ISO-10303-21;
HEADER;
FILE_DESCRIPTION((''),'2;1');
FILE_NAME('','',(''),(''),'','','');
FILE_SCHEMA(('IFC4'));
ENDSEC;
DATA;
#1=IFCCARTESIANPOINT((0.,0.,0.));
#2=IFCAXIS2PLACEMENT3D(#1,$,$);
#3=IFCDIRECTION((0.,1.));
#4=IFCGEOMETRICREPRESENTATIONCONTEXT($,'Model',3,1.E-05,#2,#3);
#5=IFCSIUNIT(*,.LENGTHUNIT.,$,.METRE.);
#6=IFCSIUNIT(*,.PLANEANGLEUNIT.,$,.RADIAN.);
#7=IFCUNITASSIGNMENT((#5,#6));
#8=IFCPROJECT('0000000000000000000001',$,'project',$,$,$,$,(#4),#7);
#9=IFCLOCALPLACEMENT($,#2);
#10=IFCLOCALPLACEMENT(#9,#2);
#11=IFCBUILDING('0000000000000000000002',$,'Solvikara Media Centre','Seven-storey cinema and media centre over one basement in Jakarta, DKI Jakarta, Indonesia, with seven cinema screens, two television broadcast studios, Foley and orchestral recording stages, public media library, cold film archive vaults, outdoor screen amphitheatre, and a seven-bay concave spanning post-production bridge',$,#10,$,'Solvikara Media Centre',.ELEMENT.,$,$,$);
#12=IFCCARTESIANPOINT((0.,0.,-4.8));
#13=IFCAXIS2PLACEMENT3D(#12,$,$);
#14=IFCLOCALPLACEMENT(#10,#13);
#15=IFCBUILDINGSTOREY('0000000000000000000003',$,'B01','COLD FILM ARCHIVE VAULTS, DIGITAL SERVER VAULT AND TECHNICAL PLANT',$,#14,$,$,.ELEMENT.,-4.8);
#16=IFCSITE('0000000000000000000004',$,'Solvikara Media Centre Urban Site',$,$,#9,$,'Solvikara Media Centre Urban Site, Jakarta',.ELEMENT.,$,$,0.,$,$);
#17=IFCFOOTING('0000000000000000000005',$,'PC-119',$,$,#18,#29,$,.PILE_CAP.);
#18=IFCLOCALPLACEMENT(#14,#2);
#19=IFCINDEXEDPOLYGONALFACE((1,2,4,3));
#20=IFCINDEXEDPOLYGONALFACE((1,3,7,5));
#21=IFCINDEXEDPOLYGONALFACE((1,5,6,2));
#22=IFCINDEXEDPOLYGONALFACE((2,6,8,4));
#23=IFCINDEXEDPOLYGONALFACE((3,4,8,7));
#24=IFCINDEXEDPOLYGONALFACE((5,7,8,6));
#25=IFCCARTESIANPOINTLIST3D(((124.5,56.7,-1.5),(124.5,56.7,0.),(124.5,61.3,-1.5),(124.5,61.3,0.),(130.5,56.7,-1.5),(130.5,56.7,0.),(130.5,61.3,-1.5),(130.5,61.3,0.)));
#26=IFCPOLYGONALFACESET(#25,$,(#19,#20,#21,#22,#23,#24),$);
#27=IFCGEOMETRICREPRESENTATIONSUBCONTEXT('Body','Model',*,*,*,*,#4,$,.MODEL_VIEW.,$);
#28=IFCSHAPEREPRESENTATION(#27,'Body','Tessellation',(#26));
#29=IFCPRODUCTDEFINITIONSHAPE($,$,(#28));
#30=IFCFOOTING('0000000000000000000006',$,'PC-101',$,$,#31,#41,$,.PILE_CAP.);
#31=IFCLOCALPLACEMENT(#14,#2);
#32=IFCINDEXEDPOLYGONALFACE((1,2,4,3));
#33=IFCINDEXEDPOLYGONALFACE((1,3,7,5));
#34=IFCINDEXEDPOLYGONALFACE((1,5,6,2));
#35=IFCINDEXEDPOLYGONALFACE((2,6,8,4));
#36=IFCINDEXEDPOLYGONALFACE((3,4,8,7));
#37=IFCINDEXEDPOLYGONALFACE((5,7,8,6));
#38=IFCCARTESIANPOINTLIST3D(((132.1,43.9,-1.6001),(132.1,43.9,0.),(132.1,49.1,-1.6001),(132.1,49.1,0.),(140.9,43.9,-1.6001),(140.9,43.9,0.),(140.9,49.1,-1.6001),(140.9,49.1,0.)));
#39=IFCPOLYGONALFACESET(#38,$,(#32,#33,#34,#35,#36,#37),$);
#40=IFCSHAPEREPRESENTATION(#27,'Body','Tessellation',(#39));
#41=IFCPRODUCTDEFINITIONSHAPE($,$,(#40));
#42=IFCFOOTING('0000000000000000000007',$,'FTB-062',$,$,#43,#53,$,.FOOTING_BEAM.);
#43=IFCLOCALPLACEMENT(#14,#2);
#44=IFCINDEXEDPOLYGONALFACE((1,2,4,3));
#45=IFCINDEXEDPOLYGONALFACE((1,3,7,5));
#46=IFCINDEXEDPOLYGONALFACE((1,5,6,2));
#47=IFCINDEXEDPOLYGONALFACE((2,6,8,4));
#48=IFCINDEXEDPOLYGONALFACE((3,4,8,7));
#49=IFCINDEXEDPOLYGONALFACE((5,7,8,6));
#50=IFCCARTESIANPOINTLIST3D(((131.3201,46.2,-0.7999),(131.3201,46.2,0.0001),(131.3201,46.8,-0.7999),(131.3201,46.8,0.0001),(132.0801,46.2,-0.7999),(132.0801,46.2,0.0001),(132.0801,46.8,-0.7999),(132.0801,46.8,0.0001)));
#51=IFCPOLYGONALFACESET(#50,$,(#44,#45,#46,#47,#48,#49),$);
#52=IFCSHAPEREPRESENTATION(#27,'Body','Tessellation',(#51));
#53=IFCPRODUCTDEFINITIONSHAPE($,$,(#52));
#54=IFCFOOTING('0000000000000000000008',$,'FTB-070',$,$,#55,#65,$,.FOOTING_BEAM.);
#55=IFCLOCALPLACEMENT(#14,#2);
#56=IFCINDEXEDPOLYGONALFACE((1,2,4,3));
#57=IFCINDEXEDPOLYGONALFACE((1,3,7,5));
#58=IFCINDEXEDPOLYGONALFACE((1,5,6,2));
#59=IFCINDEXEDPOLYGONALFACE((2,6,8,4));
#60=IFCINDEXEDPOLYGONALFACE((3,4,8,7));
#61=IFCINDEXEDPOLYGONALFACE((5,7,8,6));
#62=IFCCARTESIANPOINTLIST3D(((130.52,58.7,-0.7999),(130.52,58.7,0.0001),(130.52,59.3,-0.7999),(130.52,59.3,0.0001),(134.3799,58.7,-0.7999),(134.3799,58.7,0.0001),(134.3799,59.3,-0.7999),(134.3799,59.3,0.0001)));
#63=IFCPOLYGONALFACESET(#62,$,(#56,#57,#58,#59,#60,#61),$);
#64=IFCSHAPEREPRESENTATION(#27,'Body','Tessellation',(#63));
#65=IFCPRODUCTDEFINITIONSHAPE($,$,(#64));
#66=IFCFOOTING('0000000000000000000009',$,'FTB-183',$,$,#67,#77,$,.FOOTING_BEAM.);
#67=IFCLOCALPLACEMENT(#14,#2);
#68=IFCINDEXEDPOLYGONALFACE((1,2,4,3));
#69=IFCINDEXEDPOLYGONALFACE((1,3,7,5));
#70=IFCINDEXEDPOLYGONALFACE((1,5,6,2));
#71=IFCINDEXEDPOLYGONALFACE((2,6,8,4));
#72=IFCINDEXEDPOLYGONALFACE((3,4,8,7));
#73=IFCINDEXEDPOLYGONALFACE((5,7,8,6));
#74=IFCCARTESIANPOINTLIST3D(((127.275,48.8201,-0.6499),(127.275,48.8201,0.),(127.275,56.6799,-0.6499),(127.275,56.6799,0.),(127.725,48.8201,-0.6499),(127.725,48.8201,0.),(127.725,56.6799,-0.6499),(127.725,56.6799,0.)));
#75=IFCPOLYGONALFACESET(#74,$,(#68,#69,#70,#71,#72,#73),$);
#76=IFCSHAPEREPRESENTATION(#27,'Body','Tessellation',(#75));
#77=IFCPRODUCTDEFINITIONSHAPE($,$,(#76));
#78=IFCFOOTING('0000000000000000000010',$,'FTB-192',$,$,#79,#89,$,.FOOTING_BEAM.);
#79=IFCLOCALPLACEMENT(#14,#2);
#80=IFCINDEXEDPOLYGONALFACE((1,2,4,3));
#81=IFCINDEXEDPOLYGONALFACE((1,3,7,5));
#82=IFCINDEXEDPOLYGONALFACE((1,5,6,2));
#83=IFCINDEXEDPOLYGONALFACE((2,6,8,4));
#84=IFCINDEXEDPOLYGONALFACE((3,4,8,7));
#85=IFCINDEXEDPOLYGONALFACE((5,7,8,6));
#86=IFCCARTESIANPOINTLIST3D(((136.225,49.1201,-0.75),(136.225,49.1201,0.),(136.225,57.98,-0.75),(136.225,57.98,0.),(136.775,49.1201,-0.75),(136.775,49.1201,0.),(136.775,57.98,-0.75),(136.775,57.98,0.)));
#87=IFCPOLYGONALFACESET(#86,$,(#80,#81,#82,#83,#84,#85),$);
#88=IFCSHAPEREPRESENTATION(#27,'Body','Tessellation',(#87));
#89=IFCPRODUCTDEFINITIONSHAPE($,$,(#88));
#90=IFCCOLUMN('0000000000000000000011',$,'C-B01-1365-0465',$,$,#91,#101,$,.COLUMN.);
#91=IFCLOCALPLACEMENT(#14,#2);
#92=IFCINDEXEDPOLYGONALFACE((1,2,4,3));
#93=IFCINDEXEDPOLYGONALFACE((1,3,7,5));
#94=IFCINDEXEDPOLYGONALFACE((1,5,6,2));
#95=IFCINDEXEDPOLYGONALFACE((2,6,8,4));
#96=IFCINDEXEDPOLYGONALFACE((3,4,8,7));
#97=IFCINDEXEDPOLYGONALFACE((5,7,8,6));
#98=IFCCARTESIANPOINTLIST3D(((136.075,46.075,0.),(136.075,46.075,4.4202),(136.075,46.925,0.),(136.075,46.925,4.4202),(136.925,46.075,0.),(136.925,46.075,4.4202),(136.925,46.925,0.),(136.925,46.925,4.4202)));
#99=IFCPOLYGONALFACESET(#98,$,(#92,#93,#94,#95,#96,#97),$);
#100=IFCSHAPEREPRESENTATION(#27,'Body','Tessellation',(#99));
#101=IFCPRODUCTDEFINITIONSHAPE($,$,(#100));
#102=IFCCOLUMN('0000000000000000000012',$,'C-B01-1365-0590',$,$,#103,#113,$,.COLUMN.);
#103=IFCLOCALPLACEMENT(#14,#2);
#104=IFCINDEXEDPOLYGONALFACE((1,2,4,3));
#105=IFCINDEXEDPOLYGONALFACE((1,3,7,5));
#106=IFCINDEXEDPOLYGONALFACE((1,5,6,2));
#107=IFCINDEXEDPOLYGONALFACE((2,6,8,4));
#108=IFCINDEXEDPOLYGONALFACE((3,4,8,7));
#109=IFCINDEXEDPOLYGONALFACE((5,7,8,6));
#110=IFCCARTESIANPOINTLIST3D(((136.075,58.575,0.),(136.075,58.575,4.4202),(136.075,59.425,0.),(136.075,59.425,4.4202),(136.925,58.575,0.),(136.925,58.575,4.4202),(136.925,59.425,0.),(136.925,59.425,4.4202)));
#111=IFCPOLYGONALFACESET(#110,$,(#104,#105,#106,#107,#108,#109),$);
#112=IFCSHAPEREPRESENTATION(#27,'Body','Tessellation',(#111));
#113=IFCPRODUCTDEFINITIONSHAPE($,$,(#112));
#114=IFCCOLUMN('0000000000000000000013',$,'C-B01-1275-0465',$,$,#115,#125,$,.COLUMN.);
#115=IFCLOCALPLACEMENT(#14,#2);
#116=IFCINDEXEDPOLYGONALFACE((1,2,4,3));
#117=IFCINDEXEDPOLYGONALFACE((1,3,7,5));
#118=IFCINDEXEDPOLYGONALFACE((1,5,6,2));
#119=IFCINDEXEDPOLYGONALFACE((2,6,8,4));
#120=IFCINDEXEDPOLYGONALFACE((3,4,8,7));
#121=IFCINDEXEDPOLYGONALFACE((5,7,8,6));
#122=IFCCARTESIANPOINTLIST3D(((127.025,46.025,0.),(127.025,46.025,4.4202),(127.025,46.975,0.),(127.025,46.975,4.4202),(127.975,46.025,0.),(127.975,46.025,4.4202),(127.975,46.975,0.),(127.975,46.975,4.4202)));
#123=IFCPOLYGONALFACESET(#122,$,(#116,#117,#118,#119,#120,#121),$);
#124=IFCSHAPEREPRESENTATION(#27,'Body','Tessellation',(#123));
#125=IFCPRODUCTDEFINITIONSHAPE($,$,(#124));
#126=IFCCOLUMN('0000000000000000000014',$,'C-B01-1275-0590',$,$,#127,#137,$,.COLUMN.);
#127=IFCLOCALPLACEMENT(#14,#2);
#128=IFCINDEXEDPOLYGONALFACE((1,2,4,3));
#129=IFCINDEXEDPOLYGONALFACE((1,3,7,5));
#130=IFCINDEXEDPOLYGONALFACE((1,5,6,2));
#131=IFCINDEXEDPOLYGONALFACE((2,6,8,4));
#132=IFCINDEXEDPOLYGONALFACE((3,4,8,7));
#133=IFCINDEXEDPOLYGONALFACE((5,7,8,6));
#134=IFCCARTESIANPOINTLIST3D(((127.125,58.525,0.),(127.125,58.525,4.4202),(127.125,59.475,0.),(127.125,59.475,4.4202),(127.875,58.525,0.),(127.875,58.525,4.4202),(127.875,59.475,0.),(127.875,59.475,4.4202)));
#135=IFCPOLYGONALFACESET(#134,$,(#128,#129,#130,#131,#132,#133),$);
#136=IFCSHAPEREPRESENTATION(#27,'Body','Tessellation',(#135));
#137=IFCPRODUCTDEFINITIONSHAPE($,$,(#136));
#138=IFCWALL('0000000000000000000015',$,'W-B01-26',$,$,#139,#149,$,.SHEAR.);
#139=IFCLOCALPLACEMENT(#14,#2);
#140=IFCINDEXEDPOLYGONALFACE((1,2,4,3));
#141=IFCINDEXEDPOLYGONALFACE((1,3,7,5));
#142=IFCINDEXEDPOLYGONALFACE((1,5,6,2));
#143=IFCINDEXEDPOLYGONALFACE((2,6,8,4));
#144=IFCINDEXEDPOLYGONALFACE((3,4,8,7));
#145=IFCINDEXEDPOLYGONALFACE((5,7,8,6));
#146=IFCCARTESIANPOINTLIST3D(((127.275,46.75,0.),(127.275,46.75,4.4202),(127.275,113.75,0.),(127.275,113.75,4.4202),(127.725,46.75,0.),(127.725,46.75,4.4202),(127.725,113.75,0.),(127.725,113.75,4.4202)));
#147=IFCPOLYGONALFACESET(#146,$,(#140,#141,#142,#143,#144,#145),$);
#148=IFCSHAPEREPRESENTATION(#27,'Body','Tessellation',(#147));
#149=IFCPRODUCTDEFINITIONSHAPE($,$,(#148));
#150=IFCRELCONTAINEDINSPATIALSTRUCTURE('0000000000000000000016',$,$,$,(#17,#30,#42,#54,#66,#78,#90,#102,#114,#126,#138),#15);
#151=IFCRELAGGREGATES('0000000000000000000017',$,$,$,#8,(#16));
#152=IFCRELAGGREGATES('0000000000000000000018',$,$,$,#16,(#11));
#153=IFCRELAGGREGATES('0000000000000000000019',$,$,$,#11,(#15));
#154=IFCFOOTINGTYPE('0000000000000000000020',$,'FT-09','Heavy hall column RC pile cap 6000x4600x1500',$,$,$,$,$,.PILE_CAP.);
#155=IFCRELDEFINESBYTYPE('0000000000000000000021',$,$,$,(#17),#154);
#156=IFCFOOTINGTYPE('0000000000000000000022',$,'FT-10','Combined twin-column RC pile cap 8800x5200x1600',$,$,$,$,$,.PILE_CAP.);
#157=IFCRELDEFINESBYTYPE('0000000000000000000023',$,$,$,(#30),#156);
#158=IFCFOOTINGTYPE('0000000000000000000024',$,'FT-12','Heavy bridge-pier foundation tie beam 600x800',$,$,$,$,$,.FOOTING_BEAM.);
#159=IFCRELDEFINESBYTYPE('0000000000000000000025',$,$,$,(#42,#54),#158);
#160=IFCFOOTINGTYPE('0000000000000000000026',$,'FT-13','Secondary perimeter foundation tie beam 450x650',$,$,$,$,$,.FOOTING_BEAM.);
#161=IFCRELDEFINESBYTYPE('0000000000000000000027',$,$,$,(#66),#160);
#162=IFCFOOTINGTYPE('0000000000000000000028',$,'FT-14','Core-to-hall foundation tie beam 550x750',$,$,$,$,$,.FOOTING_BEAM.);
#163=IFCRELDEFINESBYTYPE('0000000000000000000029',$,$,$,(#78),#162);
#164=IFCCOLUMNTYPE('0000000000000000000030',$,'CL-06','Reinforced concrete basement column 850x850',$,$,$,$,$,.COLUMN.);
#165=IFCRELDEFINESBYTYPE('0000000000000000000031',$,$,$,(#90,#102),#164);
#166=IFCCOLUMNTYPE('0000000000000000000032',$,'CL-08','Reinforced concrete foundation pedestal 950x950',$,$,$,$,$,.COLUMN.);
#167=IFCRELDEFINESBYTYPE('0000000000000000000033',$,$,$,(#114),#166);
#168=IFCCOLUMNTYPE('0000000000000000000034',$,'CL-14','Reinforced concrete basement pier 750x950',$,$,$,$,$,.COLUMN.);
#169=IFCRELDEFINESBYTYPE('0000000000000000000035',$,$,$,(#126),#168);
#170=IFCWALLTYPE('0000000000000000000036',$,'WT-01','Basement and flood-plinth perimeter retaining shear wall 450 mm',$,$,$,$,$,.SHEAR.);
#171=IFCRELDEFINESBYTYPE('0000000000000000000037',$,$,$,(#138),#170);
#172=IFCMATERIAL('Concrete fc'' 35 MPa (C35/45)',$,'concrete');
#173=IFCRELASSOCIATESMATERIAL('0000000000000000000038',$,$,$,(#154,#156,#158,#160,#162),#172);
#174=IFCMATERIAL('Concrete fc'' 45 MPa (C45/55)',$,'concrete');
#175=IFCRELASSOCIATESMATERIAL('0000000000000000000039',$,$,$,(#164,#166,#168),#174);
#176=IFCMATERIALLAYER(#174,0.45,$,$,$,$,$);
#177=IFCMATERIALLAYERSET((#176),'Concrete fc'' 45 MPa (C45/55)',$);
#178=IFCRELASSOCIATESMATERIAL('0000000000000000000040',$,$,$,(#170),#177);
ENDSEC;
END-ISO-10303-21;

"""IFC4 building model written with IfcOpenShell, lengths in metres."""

from ifc_helpers import new_model, si_unit, direction, frame, frame_2d, origin, origin_2d, place, context, subcontext, project, spatial, rectangle, extrude, material, layer, layer_set, material_profile, profile_set, type_object, element, save


model = new_model("IFC4")

# Units and contexts
model_context = context("Model", 3, precision=1e-05, world=origin(), true_north=direction((0.0, 1.0)))
body_context = subcontext(model_context, "Body", "Model", "MODEL_VIEW")
ifc_project = project(units=[si_unit("LENGTHUNIT", "METRE"), si_unit("PLANEANGLEUNIT", "RADIAN")], contexts=[model_context])

# Site, building, storey
site_placement = place(None, origin())
site = spatial("IfcSite", under=ifc_project, at=site_placement, Name="Solvikara Media Centre Urban Site", LongName="Solvikara Media Centre Urban Site, Jakarta", CompositionType="ELEMENT", RefElevation=0.0)
building_placement = place(site_placement, origin())
building = spatial("IfcBuilding", under=site, at=building_placement, Name="Solvikara Media Centre", Description="Seven-storey cinema and media centre over one basement in Jakarta, DKI Jakarta, Indonesia, with seven cinema screens, two television broadcast studios, Foley and orchestral recording stages, public media library, cold film archive vaults, outdoor screen amphitheatre, and a seven-bay concave spanning post-production bridge", LongName="Solvikara Media Centre", CompositionType="ELEMENT")
storey_placement = place(building_placement, frame((0.0, 0.0, -4.8)))
storey = spatial("IfcBuildingStorey", under=building, at=storey_placement, Name="B01", Description="COLD FILM ARCHIVE VAULTS, DIGITAL SERVER VAULT AND TECHNICAL PLANT", CompositionType="ELEMENT", Elevation=-4.8)

# Shared definitions
ifc_material_1 = material(Name="Concrete fc' 35 MPa (C35/45)", Category="concrete")

# Footings
footing_type_1 = type_object("IfcFootingType", Name="FT-09", Description="Heavy hall column RC pile cap 6000x4600x1500", PredefinedType="PILE_CAP", material=ifc_material_1)
footing_1_placement = place(storey_placement, frame((127.5, 59.0, -1.5), z_axis=(0.0, 0.0, 1.0), x_axis=(1.0, 0.0, 0.0)))
element("IfcFooting", 1, at=footing_1_placement, inside=storey, type_object=footing_type_1, Name="PC-119", PredefinedType="PILE_CAP", context=body_context, shape_type="SweptSolid", body=[
    extrude(rectangle(XDim=6.0, YDim=4.6001, at=origin_2d()), origin(), (0.0, 0.0, 1.0), 1.5),
])
footing_type_2 = type_object("IfcFootingType", Name="FT-10", Description="Combined twin-column RC pile cap 8800x5200x1600", PredefinedType="PILE_CAP", material=ifc_material_1)
footing_2_placement = place(storey_placement, frame((136.5, 46.5, -1.6001), z_axis=(0.0, 0.0, 1.0), x_axis=(1.0, 0.0, 0.0)))
element("IfcFooting", 2, at=footing_2_placement, inside=storey, type_object=footing_type_2, Name="PC-101", PredefinedType="PILE_CAP", context=body_context, shape_type="SweptSolid", body=[
    extrude(rectangle(XDim=8.8, YDim=5.2, at=origin_2d()), origin(), (0.0, 0.0, 1.0), 1.6001),
])
ifc_material_profile_1 = material_profile(ifc_material_1, rectangle(XDim=0.6001, YDim=0.8, at=origin_2d()), Name="RC 600x800")
ifc_profile_set_1 = profile_set([ifc_material_profile_1], Name="Concrete fc' 35 MPa (C35/45)")
footing_type_3 = type_object("IfcFootingType", Name="FT-12", Description="Heavy bridge-pier foundation tie beam 600x800", PredefinedType="FOOTING_BEAM", material=ifc_profile_set_1)
footing_3_placement = place(storey_placement, frame((131.3201, 46.5, -0.3999), z_axis=(1.0, 0.0, 0.0), x_axis=(0.0, 1.0, 0.0)))
element("IfcFooting", 3, at=footing_3_placement, inside=storey, type_object=footing_type_3, Name="FTB-062", PredefinedType="FOOTING_BEAM", context=body_context, shape_type="SweptSolid", body=[
    extrude(rectangle(XDim=0.6001, YDim=0.8, at=origin_2d()), origin(), (0.0, 0.0, 1.0), 0.76),
])
footing_4_placement = place(storey_placement, frame((130.52, 59.0, -0.3999), z_axis=(1.0, 0.0, 0.0), x_axis=(0.0, 1.0, 0.0)))
element("IfcFooting", 4, at=footing_4_placement, inside=storey, type_object=footing_type_3, Name="FTB-070", PredefinedType="FOOTING_BEAM", context=body_context, shape_type="SweptSolid", body=[
    extrude(rectangle(XDim=0.6001, YDim=0.8, at=origin_2d()), origin(), (0.0, 0.0, 1.0), 3.8599),
])
ifc_material_profile_2 = material_profile(ifc_material_1, rectangle(XDim=0.45, YDim=0.6499, at=origin_2d()), Name="RC 450x650")
ifc_profile_set_2 = profile_set([ifc_material_profile_2], Name="Concrete fc' 35 MPa (C35/45)")
footing_type_4 = type_object("IfcFootingType", Name="FT-13", Description="Secondary perimeter foundation tie beam 450x650", PredefinedType="FOOTING_BEAM", material=ifc_profile_set_2)
footing_5_placement = place(storey_placement, frame((127.5, 48.8201, -0.325), z_axis=(0.0, 1.0, 0.0), x_axis=(-1.0, 0.0, 0.0)))
element("IfcFooting", 5, at=footing_5_placement, inside=storey, type_object=footing_type_4, Name="FTB-183", PredefinedType="FOOTING_BEAM", context=body_context, shape_type="SweptSolid", body=[
    extrude(rectangle(XDim=0.45, YDim=0.6499, at=origin_2d()), origin(), (0.0, 0.0, 1.0), 7.8599),
])
ifc_material_profile_3 = material_profile(ifc_material_1, rectangle(XDim=0.55, YDim=0.75, at=origin_2d()), Name="RC 550x750")
ifc_profile_set_3 = profile_set([ifc_material_profile_3], Name="Concrete fc' 35 MPa (C35/45)")
footing_type_5 = type_object("IfcFootingType", Name="FT-14", Description="Core-to-hall foundation tie beam 550x750", PredefinedType="FOOTING_BEAM", material=ifc_profile_set_3)
footing_6_placement = place(storey_placement, frame((136.5, 49.1201, -0.375), z_axis=(0.0, 1.0, 0.0), x_axis=(-1.0, 0.0, 0.0)))
element("IfcFooting", 6, at=footing_6_placement, inside=storey, type_object=footing_type_5, Name="FTB-192", PredefinedType="FOOTING_BEAM", context=body_context, shape_type="SweptSolid", body=[
    extrude(rectangle(XDim=0.55, YDim=0.75, at=origin_2d()), origin(), (0.0, 0.0, 1.0), 8.8599),
])

# Columns
ifc_material_2 = material(Name="Concrete fc' 45 MPa (C45/55)", Category="concrete")
ifc_material_profile_4 = material_profile(ifc_material_2, rectangle(XDim=0.8501, YDim=0.8501, at=origin_2d()), Name="RC 850x850")
ifc_profile_set_4 = profile_set([ifc_material_profile_4], Name="Concrete fc' 45 MPa (C45/55)")
column_type_1 = type_object("IfcColumnType", Name="CL-06", Description="Reinforced concrete basement column 850x850", PredefinedType="COLUMN", material=ifc_profile_set_4)
for number, where, z_axis, x_axis, name in (
    (7, (136.5, 46.5, 0.0), (0.0, 0.0, 1.0), (1.0, 0.0, 0.0), "C-B01-1365-0465"),
    (8, (136.5, 59.0, 0.0), (0.0, 0.0, 1.0), (1.0, 0.0, 0.0), "C-B01-1365-0590"),
):
    element("IfcColumn", number, at=place(storey_placement, frame(where, z_axis=z_axis, x_axis=x_axis)), inside=storey, type_object=column_type_1, Name=name, PredefinedType="COLUMN", context=body_context, shape_type="SweptSolid", body=[
        extrude(rectangle(XDim=0.8501, YDim=0.8501, at=origin_2d()), origin(), (0.0, 0.0, 1.0), 4.4202),
    ])
ifc_material_profile_5 = material_profile(ifc_material_2, rectangle(XDim=0.95, YDim=0.95, at=origin_2d()), Name="RC 950x950")
ifc_profile_set_5 = profile_set([ifc_material_profile_5], Name="Concrete fc' 45 MPa (C45/55)")
column_type_2 = type_object("IfcColumnType", Name="CL-08", Description="Reinforced concrete foundation pedestal 950x950", PredefinedType="COLUMN", material=ifc_profile_set_5)
column_1_placement = place(storey_placement, frame((127.5, 46.5, 0.0), z_axis=(0.0, 0.0, 1.0), x_axis=(1.0, 0.0, 0.0)))
element("IfcColumn", 9, at=column_1_placement, inside=storey, type_object=column_type_2, Name="C-B01-1275-0465", PredefinedType="COLUMN", context=body_context, shape_type="SweptSolid", body=[
    extrude(rectangle(XDim=0.95, YDim=0.95, at=origin_2d()), origin(), (0.0, 0.0, 1.0), 4.4202),
])
ifc_material_profile_6 = material_profile(ifc_material_2, rectangle(XDim=0.75, YDim=0.95, at=origin_2d()), Name="RC 750x950")
ifc_profile_set_6 = profile_set([ifc_material_profile_6], Name="Concrete fc' 45 MPa (C45/55)")
column_type_3 = type_object("IfcColumnType", Name="CL-14", Description="Reinforced concrete basement pier 750x950", PredefinedType="COLUMN", material=ifc_profile_set_6)
column_2_placement = place(storey_placement, frame((127.5, 59.0, 0.0), z_axis=(0.0, 0.0, 1.0), x_axis=(1.0, 0.0, 0.0)))
element("IfcColumn", 10, at=column_2_placement, inside=storey, type_object=column_type_3, Name="C-B01-1275-0590", PredefinedType="COLUMN", context=body_context, shape_type="SweptSolid", body=[
    extrude(rectangle(XDim=0.75, YDim=0.95, at=origin_2d()), origin(), (0.0, 0.0, 1.0), 4.4202),
])

# Wall
ifc_layer = layer(ifc_material_2, 0.45)
ifc_layer_set = layer_set([ifc_layer], Name="Concrete fc' 45 MPa (C45/55)")
wall_type = type_object("IfcWallType", Name="WT-01", Description="Basement and flood-plinth perimeter retaining shear wall 450 mm", PredefinedType="SHEAR", material=ifc_layer_set)
wall_placement = place(storey_placement, frame((127.5, 46.75, 0.0), z_axis=(0.0, 0.0, 1.0), x_axis=(0.0, 1.0, 0.0)))
element("IfcWall", 11, at=wall_placement, inside=storey, type_object=wall_type, Name="W-B01-26", PredefinedType="SHEAR", context=body_context, shape_type="SweptSolid", body=[
    extrude(rectangle(XDim=67.0, YDim=0.45, at=frame_2d((33.5, 0.0))), origin(), (0.0, 0.0, 1.0), 4.4202),
])

save(model, "model.ifc")
